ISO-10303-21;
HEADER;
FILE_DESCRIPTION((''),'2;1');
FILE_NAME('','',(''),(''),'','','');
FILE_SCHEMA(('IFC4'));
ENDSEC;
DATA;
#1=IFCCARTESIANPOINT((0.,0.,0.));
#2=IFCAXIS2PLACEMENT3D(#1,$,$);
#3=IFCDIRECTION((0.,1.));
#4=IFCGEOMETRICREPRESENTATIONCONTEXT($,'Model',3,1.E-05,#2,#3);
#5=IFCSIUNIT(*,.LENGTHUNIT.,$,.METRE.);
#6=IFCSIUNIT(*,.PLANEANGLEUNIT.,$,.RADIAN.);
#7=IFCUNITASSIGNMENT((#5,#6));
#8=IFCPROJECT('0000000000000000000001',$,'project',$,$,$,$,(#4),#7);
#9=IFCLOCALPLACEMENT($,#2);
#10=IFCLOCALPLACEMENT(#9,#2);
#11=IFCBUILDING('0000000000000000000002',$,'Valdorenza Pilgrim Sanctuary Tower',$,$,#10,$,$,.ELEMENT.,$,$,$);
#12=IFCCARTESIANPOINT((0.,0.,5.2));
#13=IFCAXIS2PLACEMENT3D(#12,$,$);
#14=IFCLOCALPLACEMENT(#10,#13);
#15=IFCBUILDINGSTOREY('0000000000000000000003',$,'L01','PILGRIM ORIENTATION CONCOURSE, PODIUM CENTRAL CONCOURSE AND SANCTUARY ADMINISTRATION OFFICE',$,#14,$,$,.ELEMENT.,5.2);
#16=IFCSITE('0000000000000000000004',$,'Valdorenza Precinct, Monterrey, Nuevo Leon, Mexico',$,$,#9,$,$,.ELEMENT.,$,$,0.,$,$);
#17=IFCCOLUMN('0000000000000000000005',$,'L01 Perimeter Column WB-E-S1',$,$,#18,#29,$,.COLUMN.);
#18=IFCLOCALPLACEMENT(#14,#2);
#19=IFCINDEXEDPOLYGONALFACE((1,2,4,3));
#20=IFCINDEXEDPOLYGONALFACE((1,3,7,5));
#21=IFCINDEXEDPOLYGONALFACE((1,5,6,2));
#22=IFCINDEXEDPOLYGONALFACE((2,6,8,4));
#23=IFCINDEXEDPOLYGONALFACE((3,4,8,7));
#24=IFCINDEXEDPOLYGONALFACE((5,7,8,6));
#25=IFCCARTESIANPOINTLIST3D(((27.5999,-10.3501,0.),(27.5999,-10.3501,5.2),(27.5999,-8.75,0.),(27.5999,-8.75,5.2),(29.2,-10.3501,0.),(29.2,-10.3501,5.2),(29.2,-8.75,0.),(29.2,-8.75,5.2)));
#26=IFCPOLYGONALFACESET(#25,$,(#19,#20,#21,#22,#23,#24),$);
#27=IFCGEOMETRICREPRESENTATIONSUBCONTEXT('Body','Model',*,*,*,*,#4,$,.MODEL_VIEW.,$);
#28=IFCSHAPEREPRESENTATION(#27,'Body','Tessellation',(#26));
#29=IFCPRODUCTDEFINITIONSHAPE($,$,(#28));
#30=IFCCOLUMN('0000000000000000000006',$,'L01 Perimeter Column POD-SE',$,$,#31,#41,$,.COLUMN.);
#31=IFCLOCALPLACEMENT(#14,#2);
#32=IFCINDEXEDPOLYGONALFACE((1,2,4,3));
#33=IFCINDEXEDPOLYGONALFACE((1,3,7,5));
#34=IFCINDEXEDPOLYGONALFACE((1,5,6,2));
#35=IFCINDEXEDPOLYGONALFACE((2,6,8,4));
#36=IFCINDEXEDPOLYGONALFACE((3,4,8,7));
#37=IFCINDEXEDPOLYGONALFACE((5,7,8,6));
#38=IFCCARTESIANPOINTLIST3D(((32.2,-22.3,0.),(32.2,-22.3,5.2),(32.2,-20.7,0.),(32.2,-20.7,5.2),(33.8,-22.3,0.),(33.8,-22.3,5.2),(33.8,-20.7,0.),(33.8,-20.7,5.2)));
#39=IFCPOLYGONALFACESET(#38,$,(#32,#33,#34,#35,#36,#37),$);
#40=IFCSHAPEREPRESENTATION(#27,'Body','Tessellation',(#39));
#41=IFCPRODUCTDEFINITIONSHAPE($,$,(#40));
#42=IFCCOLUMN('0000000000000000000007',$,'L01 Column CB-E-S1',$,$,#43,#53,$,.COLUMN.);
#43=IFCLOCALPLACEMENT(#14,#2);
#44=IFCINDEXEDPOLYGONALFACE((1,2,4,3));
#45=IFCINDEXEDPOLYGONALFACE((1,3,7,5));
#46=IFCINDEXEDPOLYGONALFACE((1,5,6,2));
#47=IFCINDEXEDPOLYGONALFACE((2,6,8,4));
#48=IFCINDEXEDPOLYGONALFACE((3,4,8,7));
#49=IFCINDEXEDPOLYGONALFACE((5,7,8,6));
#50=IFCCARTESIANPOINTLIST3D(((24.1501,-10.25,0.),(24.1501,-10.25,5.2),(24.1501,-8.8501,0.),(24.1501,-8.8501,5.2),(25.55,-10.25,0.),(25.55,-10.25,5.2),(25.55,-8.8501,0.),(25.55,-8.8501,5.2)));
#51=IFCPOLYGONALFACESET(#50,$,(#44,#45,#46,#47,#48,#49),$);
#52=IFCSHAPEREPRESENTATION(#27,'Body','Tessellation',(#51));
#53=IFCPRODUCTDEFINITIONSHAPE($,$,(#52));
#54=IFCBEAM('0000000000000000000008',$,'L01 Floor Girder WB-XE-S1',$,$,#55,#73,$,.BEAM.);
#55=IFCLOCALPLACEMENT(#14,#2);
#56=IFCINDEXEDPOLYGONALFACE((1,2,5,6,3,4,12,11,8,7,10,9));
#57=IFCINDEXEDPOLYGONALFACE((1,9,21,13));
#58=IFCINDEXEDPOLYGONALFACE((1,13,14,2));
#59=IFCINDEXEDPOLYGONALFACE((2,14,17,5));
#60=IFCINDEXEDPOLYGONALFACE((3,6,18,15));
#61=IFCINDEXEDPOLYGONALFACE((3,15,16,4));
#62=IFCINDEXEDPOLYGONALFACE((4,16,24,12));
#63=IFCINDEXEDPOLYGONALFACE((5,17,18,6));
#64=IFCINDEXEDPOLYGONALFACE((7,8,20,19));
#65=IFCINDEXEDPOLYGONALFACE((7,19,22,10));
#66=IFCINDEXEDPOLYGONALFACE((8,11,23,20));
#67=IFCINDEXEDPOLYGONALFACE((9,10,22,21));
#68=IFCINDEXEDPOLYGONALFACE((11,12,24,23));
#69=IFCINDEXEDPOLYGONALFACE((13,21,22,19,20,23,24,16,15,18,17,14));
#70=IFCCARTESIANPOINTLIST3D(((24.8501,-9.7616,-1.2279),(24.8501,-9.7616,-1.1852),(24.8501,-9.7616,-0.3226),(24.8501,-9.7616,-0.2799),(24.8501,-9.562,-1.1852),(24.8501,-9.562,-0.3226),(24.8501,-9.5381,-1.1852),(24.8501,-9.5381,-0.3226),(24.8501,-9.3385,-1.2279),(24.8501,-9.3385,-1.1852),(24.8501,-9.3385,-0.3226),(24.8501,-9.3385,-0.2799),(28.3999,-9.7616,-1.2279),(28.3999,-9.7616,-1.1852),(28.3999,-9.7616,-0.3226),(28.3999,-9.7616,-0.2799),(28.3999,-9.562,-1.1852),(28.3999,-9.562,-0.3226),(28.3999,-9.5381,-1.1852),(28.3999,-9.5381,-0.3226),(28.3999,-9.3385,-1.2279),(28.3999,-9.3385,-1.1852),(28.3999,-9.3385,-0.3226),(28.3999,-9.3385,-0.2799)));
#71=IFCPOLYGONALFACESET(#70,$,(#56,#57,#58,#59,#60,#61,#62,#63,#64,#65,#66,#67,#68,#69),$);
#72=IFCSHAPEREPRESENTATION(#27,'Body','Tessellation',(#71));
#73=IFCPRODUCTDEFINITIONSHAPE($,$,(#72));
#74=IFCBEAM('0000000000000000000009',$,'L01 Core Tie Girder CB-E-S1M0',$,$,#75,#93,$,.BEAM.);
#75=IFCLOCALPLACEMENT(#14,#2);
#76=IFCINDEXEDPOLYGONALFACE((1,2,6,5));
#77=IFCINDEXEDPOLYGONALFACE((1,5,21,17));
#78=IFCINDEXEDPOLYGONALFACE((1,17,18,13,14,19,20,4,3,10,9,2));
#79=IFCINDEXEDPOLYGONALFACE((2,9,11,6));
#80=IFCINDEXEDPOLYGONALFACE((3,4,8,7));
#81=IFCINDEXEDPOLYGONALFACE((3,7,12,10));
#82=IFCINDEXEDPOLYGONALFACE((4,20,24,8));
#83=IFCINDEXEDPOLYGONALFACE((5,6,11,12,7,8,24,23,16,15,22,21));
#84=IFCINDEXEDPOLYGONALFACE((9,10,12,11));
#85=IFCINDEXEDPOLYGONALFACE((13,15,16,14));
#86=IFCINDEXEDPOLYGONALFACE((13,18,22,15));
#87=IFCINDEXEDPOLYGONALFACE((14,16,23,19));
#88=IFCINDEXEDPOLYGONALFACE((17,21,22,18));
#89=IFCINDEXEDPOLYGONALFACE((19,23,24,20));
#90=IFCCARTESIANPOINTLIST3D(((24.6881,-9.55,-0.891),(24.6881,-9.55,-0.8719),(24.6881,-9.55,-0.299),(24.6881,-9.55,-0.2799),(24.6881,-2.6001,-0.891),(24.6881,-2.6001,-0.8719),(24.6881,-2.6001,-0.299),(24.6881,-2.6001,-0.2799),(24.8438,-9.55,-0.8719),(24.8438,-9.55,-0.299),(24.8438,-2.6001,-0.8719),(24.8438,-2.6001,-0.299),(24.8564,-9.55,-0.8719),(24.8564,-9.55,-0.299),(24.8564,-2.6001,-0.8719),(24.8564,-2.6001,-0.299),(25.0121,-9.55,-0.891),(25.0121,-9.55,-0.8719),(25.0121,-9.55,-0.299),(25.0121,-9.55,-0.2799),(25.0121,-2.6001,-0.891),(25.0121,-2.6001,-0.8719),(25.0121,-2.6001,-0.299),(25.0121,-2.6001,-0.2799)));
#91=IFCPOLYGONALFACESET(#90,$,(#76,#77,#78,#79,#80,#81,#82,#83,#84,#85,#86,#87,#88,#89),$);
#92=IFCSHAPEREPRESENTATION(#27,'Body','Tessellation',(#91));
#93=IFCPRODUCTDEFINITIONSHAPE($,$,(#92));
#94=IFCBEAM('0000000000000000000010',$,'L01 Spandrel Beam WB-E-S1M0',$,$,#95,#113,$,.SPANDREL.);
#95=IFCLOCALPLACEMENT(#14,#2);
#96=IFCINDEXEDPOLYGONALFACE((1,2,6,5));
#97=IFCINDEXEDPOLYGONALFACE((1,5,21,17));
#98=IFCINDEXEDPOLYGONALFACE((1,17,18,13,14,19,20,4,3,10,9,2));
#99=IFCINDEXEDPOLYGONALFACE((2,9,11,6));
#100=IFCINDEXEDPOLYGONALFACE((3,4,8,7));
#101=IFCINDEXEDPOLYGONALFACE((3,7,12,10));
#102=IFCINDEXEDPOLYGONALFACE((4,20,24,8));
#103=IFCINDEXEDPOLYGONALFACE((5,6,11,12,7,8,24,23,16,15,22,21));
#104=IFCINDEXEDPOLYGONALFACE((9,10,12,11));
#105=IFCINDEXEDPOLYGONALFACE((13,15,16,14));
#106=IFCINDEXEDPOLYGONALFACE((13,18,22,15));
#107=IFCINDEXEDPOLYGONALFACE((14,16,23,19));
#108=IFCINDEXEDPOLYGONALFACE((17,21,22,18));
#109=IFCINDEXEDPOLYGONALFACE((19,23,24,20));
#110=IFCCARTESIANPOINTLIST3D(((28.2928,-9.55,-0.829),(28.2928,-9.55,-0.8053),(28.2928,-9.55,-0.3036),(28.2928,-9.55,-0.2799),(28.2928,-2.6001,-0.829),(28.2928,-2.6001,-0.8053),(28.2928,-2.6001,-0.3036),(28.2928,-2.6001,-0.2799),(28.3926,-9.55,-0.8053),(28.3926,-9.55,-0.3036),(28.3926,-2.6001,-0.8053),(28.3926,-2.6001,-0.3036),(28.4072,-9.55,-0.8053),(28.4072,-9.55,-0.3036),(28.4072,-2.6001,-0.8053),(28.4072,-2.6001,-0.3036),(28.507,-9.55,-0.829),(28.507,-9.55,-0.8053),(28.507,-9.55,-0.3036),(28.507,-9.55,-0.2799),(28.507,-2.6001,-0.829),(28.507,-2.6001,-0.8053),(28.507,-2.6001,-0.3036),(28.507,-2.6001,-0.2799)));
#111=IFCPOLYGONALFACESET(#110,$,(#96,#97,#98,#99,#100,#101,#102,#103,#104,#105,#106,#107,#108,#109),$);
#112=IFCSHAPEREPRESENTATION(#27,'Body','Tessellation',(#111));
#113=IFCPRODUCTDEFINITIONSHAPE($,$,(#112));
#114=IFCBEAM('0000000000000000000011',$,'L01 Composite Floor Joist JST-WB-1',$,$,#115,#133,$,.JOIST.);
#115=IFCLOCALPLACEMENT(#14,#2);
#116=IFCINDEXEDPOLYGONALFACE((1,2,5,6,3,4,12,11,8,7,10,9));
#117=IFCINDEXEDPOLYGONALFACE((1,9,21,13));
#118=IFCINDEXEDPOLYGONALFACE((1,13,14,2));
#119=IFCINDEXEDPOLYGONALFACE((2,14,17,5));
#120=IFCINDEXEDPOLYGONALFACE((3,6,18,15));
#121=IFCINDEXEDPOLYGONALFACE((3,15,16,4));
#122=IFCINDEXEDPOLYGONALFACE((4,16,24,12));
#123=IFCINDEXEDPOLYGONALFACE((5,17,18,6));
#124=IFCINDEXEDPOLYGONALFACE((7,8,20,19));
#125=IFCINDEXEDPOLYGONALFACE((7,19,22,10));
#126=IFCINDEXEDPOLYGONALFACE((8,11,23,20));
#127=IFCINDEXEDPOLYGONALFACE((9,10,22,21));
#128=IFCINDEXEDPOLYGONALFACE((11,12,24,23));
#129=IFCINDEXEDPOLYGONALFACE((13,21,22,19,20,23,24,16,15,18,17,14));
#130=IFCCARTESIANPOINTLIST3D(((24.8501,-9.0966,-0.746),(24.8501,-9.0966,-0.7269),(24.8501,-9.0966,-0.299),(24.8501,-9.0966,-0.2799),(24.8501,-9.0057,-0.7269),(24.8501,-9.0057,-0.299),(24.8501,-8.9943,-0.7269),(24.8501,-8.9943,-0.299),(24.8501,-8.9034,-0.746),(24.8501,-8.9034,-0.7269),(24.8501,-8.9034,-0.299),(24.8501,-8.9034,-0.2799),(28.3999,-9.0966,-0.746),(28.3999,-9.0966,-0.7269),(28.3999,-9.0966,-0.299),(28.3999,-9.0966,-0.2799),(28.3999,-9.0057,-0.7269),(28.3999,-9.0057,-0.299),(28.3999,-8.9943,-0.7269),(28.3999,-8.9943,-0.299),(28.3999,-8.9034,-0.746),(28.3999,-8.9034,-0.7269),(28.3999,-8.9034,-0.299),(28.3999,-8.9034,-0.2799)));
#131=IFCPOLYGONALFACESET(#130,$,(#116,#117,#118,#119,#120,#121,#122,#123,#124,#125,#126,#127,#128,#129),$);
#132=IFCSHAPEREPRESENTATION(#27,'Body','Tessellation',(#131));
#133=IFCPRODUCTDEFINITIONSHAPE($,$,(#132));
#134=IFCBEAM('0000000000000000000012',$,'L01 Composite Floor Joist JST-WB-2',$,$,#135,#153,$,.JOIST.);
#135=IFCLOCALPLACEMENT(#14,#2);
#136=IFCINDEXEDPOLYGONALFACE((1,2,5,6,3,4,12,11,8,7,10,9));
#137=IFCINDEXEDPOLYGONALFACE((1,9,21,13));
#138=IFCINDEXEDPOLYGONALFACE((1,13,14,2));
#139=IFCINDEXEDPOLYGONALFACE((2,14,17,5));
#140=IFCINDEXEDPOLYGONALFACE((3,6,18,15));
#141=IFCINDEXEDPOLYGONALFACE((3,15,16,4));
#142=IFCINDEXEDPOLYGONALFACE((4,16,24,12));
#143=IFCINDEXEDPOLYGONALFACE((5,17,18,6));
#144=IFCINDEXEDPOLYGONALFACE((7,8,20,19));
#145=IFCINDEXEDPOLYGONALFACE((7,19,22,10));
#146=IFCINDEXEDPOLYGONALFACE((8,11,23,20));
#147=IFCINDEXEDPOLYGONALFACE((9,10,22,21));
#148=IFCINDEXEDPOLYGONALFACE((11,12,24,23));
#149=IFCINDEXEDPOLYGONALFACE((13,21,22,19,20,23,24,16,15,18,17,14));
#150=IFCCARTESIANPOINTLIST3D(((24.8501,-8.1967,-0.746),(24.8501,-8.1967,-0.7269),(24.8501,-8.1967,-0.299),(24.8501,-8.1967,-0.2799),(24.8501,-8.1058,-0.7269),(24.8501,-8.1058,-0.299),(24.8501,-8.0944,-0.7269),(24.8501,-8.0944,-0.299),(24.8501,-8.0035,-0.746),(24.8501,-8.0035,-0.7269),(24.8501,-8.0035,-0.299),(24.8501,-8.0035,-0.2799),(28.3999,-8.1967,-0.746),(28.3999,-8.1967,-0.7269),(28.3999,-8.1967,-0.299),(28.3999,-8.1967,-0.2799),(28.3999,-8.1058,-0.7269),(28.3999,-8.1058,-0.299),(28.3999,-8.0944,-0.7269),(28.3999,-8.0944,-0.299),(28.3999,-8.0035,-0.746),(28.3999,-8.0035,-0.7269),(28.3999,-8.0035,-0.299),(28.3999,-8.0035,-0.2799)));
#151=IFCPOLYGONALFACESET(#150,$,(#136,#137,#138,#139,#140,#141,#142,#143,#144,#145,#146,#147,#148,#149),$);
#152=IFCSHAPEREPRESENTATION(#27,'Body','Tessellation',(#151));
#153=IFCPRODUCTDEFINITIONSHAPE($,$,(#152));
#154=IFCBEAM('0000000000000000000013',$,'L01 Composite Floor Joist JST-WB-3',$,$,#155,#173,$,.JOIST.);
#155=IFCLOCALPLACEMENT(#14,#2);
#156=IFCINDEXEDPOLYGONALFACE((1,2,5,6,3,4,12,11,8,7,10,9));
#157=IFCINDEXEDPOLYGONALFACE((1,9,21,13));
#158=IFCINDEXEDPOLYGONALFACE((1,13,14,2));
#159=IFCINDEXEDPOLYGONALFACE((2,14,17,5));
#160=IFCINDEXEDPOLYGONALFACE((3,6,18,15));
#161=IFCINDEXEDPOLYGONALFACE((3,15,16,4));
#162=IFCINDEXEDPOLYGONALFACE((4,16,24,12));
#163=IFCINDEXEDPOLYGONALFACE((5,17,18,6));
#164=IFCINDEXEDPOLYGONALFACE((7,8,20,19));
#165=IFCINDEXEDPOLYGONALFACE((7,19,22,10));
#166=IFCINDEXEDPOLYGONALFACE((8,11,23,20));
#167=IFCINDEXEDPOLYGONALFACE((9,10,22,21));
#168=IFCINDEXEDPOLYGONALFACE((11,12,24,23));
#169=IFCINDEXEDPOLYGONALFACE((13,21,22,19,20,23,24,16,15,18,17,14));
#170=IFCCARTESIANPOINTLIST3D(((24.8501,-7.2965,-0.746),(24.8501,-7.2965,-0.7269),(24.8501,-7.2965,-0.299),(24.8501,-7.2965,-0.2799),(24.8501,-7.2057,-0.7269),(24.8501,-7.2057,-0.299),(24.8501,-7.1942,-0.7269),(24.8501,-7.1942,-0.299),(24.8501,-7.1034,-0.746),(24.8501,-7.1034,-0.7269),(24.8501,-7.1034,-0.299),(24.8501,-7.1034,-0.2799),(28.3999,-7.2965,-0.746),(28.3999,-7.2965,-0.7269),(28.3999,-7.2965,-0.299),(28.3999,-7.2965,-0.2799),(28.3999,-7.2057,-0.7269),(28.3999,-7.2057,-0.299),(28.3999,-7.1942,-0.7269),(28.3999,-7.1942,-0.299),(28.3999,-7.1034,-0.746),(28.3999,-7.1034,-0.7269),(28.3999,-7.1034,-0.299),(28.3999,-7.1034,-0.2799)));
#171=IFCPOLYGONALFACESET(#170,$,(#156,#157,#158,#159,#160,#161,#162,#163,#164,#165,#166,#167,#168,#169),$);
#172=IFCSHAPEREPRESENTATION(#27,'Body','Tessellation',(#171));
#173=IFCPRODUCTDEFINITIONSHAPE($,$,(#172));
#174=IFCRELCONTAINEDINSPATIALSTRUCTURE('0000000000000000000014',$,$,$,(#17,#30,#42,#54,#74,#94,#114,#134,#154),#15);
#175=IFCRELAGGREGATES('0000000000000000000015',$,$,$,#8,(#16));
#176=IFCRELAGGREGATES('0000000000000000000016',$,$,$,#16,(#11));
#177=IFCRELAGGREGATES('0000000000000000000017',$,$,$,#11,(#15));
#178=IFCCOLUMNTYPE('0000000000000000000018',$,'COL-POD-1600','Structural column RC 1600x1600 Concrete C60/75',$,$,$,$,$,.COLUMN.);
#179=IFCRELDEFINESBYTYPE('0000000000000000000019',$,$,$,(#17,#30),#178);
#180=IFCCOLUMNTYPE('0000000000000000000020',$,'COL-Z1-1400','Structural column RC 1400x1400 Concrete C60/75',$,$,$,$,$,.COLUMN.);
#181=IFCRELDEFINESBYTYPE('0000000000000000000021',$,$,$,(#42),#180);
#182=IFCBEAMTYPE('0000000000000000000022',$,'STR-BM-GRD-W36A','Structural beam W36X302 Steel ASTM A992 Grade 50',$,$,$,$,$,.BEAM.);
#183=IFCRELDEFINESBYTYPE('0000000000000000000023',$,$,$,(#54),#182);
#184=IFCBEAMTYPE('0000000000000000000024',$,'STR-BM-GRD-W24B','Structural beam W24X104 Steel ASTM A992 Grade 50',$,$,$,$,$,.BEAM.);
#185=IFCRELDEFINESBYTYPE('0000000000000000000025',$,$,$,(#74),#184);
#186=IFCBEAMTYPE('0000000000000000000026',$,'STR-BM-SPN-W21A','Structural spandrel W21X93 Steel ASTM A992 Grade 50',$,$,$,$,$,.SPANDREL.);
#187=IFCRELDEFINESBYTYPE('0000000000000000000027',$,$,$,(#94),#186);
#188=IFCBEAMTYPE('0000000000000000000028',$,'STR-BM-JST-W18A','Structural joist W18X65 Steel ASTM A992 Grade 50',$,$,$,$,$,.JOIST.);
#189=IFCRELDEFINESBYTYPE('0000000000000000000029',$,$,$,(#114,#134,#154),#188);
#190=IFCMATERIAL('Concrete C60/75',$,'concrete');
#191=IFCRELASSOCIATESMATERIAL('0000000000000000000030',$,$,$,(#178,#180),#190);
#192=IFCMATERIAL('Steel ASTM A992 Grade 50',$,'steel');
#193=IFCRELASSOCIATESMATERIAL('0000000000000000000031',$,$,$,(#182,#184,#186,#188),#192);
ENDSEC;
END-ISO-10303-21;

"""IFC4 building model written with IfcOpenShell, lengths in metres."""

from ifc_helpers import new_model, si_unit, direction, frame, origin, origin_2d, place, context, subcontext, project, spatial, rectangle, i_section, extrude, source, transform, mapped, material, material_profile, profile_set, type_object, element, save


model = new_model("IFC4")

# Units and contexts
model_context = context("Model", 3, precision=1e-05, world=origin(), true_north=direction((0.0, 1.0)))
body_context = subcontext(model_context, "Body", "Model", "MODEL_VIEW")
ifc_project = project(units=[si_unit("LENGTHUNIT", "METRE"), si_unit("PLANEANGLEUNIT", "RADIAN")], contexts=[model_context])

# Site, building, storey
site_placement = place(None, origin())
site = spatial("IfcSite", under=ifc_project, at=site_placement, Name="Valdorenza Precinct, Monterrey, Nuevo Leon, Mexico", CompositionType="ELEMENT", RefElevation=0.0)
building_placement = place(site_placement, origin())
building = spatial("IfcBuilding", under=site, at=building_placement, Name="Valdorenza Pilgrim Sanctuary Tower", CompositionType="ELEMENT")
storey_placement = place(building_placement, frame((0.0, 0.0, 5.2)))
storey = spatial("IfcBuildingStorey", under=building, at=storey_placement, Name="L01", Description="PILGRIM ORIENTATION CONCOURSE, PODIUM CENTRAL CONCOURSE AND SANCTUARY ADMINISTRATION OFFICE", CompositionType="ELEMENT", Elevation=5.2)

# Columns
ifc_material_1 = material(Name="Concrete C60/75", Category="concrete")
ifc_material_profile_1 = material_profile(ifc_material_1, rectangle(XDim=1.6001, YDim=1.6001, at=origin_2d()), Name="RC 1600x1600")
ifc_profile_set_1 = profile_set([ifc_material_profile_1], Name="Concrete C60/75")
column_type_1 = type_object("IfcColumnType", Name="COL-POD-1600", Description="Structural column RC 1600x1600 Concrete C60/75", PredefinedType="COLUMN", material=ifc_profile_set_1)
shared_shape_1 = source(origin(), body_context, "Body", "SweptSolid", [
    extrude(rectangle(XDim=1.6001, YDim=1.6001, at=origin_2d()), origin(), (0.0, 0.0, 1.0), 5.2),
])
for number, where, z_axis, x_axis, name in (
    (1, (28.3999, -9.55, 0.0), (0.0, 0.0, 1.0), (1.0, 0.0, 0.0), "L01 Perimeter Column WB-E-S1"),
    (2, (33.0, -21.5, 0.0), (0.0, 0.0, 1.0), (1.0, 0.0, 0.0), "L01 Perimeter Column POD-SE"),
):
    element("IfcColumn", number, at=place(storey_placement, frame(where, z_axis=z_axis, x_axis=x_axis)), inside=storey, type_object=column_type_1, Name=name, PredefinedType="COLUMN", context=body_context, shape_type="MappedRepresentation", body=[
        mapped(shared_shape_1, transform((0.0, 0.0, 0.0), x_axis=(1.0, 0.0, 0.0), y_axis=(0.0, 1.0, 0.0), z_axis=(0.0, 0.0, 1.0), scale=1.0)),
    ])
ifc_material_profile_2 = material_profile(ifc_material_1, rectangle(XDim=1.3999, YDim=1.3999, at=origin_2d()), Name="RC 1400x1400")
ifc_profile_set_2 = profile_set([ifc_material_profile_2], Name="Concrete C60/75")
column_type_2 = type_object("IfcColumnType", Name="COL-Z1-1400", Description="Structural column RC 1400x1400 Concrete C60/75", PredefinedType="COLUMN", material=ifc_profile_set_2)
shared_shape_2 = source(origin(), body_context, "Body", "SweptSolid", [
    extrude(rectangle(XDim=1.3999, YDim=1.3999, at=origin_2d()), origin(), (0.0, 0.0, 1.0), 5.2),
])
column_placement = place(storey_placement, frame((24.8501, -9.55, 0.0), z_axis=(0.0, 0.0, 1.0), x_axis=(1.0, 0.0, 0.0)))
element("IfcColumn", 3, at=column_placement, inside=storey, type_object=column_type_2, Name="L01 Column CB-E-S1", PredefinedType="COLUMN", context=body_context, shape_type="MappedRepresentation", body=[
    mapped(shared_shape_2, transform((0.0, 0.0, 0.0), x_axis=(1.0, 0.0, 0.0), y_axis=(0.0, 1.0, 0.0), z_axis=(0.0, 0.0, 1.0), scale=1.0)),
])

# Beams
ifc_material_2 = material(Name="Steel ASTM A992 Grade 50", Category="steel")
ifc_material_profile_3 = material_profile(ifc_material_2, i_section(OverallWidth=0.4231, OverallDepth=0.948, WebThickness=0.0239, FlangeThickness=0.0427, at=origin_2d()), Name="W36X302")
ifc_profile_set_3 = profile_set([ifc_material_profile_3], Name="Steel ASTM A992 Grade 50")
beam_type_1 = type_object("IfcBeamType", Name="STR-BM-GRD-W36A", Description="Structural beam W36X302 Steel ASTM A992 Grade 50", PredefinedType="BEAM", material=ifc_profile_set_3)
shared_shape_3 = source(origin(), body_context, "Body", "SweptSolid", [
    extrude(i_section(OverallWidth=0.4231, OverallDepth=0.948, WebThickness=0.0239, FlangeThickness=0.0427, at=origin_2d()), origin(), (0.0, 0.0, 1.0), 3.5498),
])
beam_1_placement = place(storey_placement, frame((24.8501, -9.55, -0.7539), z_axis=(1.0, 0.0, 0.0), x_axis=(0.0, 1.0, 0.0)))
element("IfcBeam", 4, at=beam_1_placement, inside=storey, type_object=beam_type_1, Name="L01 Floor Girder WB-XE-S1", PredefinedType="BEAM", context=body_context, shape_type="MappedRepresentation", body=[
    mapped(shared_shape_3, transform((0.0, 0.0, 0.0), x_axis=(1.0, 0.0, 0.0), y_axis=(0.0, 1.0, 0.0), z_axis=(0.0, 0.0, 1.0), scale=1.0)),
])
ifc_material_profile_4 = material_profile(ifc_material_2, i_section(OverallWidth=0.324, OverallDepth=0.6111, WebThickness=0.0127, FlangeThickness=0.019, at=origin_2d()), Name="W24X104")
ifc_profile_set_4 = profile_set([ifc_material_profile_4], Name="Steel ASTM A992 Grade 50")
beam_type_2 = type_object("IfcBeamType", Name="STR-BM-GRD-W24B", Description="Structural beam W24X104 Steel ASTM A992 Grade 50", PredefinedType="BEAM", material=ifc_profile_set_4)
shared_shape_4 = source(origin(), body_context, "Body", "SweptSolid", [
    extrude(i_section(OverallWidth=0.324, OverallDepth=0.6111, WebThickness=0.0127, FlangeThickness=0.019, at=origin_2d()), origin(), (0.0, 0.0, 1.0), 6.95),
])
beam_2_placement = place(storey_placement, frame((24.8501, -9.55, -0.5854), z_axis=(0.0, 1.0, 0.0), x_axis=(-1.0, 0.0, 0.0)))
element("IfcBeam", 5, at=beam_2_placement, inside=storey, type_object=beam_type_2, Name="L01 Core Tie Girder CB-E-S1M0", PredefinedType="BEAM", context=body_context, shape_type="MappedRepresentation", body=[
    mapped(shared_shape_4, transform((0.0, 0.0, 0.0), x_axis=(1.0, 0.0, 0.0), y_axis=(0.0, 1.0, 0.0), z_axis=(0.0, 0.0, 1.0), scale=1.0)),
])
ifc_material_profile_5 = material_profile(ifc_material_2, i_section(OverallWidth=0.2141, OverallDepth=0.5491, WebThickness=0.0146, FlangeThickness=0.0237, at=origin_2d()), Name="W21X93")
ifc_profile_set_5 = profile_set([ifc_material_profile_5], Name="Steel ASTM A992 Grade 50")
beam_type_3 = type_object("IfcBeamType", Name="STR-BM-SPN-W21A", Description="Structural spandrel W21X93 Steel ASTM A992 Grade 50", PredefinedType="SPANDREL", material=ifc_profile_set_5)
shared_shape_5 = source(origin(), body_context, "Body", "SweptSolid", [
    extrude(i_section(OverallWidth=0.2141, OverallDepth=0.5491, WebThickness=0.0146, FlangeThickness=0.0237, at=origin_2d()), origin(), (0.0, 0.0, 1.0), 6.95),
])
beam_3_placement = place(storey_placement, frame((28.3999, -9.55, -0.5544), z_axis=(0.0, 1.0, 0.0), x_axis=(-1.0, 0.0, 0.0)))
element("IfcBeam", 6, at=beam_3_placement, inside=storey, type_object=beam_type_3, Name="L01 Spandrel Beam WB-E-S1M0", PredefinedType="SPANDREL", context=body_context, shape_type="MappedRepresentation", body=[
    mapped(shared_shape_5, transform((0.0, 0.0, 0.0), x_axis=(1.0, 0.0, 0.0), y_axis=(0.0, 1.0, 0.0), z_axis=(0.0, 0.0, 1.0), scale=1.0)),
])
ifc_material_profile_6 = material_profile(ifc_material_2, i_section(OverallWidth=0.1931, OverallDepth=0.4661, WebThickness=0.0115, FlangeThickness=0.019, at=origin_2d()), Name="W18X65")
ifc_profile_set_6 = profile_set([ifc_material_profile_6], Name="Steel ASTM A992 Grade 50")
beam_type_4 = type_object("IfcBeamType", Name="STR-BM-JST-W18A", Description="Structural joist W18X65 Steel ASTM A992 Grade 50", PredefinedType="JOIST", material=ifc_profile_set_6)
shared_shape_6 = source(origin(), body_context, "Body", "SweptSolid", [
    extrude(i_section(OverallWidth=0.1931, OverallDepth=0.4661, WebThickness=0.0115, FlangeThickness=0.019, at=origin_2d()), origin(), (0.0, 0.0, 1.0), 3.5498),
])
for number, where, z_axis, x_axis, name in (
    (7, (24.8501, -9.0, -0.5129), (1.0, 0.0, 0.0), (0.0, 1.0, 0.0), "L01 Composite Floor Joist JST-WB-1"),
    (8, (24.8501, -8.1001, -0.5129), (1.0, 0.0, 0.0), (0.0, 1.0, 0.0), "L01 Composite Floor Joist JST-WB-2"),
    (9, (24.8501, -7.2, -0.5129), (1.0, 0.0, 0.0), (0.0, 1.0, 0.0), "L01 Composite Floor Joist JST-WB-3"),
):
    element("IfcBeam", number, at=place(storey_placement, frame(where, z_axis=z_axis, x_axis=x_axis)), inside=storey, type_object=beam_type_4, Name=name, PredefinedType="JOIST", context=body_context, shape_type="MappedRepresentation", body=[
        mapped(shared_shape_6, transform((0.0, 0.0, 0.0), x_axis=(1.0, 0.0, 0.0), y_axis=(0.0, 1.0, 0.0), z_axis=(0.0, 0.0, 1.0), scale=1.0)),
    ])

save(model, "model.ifc")
